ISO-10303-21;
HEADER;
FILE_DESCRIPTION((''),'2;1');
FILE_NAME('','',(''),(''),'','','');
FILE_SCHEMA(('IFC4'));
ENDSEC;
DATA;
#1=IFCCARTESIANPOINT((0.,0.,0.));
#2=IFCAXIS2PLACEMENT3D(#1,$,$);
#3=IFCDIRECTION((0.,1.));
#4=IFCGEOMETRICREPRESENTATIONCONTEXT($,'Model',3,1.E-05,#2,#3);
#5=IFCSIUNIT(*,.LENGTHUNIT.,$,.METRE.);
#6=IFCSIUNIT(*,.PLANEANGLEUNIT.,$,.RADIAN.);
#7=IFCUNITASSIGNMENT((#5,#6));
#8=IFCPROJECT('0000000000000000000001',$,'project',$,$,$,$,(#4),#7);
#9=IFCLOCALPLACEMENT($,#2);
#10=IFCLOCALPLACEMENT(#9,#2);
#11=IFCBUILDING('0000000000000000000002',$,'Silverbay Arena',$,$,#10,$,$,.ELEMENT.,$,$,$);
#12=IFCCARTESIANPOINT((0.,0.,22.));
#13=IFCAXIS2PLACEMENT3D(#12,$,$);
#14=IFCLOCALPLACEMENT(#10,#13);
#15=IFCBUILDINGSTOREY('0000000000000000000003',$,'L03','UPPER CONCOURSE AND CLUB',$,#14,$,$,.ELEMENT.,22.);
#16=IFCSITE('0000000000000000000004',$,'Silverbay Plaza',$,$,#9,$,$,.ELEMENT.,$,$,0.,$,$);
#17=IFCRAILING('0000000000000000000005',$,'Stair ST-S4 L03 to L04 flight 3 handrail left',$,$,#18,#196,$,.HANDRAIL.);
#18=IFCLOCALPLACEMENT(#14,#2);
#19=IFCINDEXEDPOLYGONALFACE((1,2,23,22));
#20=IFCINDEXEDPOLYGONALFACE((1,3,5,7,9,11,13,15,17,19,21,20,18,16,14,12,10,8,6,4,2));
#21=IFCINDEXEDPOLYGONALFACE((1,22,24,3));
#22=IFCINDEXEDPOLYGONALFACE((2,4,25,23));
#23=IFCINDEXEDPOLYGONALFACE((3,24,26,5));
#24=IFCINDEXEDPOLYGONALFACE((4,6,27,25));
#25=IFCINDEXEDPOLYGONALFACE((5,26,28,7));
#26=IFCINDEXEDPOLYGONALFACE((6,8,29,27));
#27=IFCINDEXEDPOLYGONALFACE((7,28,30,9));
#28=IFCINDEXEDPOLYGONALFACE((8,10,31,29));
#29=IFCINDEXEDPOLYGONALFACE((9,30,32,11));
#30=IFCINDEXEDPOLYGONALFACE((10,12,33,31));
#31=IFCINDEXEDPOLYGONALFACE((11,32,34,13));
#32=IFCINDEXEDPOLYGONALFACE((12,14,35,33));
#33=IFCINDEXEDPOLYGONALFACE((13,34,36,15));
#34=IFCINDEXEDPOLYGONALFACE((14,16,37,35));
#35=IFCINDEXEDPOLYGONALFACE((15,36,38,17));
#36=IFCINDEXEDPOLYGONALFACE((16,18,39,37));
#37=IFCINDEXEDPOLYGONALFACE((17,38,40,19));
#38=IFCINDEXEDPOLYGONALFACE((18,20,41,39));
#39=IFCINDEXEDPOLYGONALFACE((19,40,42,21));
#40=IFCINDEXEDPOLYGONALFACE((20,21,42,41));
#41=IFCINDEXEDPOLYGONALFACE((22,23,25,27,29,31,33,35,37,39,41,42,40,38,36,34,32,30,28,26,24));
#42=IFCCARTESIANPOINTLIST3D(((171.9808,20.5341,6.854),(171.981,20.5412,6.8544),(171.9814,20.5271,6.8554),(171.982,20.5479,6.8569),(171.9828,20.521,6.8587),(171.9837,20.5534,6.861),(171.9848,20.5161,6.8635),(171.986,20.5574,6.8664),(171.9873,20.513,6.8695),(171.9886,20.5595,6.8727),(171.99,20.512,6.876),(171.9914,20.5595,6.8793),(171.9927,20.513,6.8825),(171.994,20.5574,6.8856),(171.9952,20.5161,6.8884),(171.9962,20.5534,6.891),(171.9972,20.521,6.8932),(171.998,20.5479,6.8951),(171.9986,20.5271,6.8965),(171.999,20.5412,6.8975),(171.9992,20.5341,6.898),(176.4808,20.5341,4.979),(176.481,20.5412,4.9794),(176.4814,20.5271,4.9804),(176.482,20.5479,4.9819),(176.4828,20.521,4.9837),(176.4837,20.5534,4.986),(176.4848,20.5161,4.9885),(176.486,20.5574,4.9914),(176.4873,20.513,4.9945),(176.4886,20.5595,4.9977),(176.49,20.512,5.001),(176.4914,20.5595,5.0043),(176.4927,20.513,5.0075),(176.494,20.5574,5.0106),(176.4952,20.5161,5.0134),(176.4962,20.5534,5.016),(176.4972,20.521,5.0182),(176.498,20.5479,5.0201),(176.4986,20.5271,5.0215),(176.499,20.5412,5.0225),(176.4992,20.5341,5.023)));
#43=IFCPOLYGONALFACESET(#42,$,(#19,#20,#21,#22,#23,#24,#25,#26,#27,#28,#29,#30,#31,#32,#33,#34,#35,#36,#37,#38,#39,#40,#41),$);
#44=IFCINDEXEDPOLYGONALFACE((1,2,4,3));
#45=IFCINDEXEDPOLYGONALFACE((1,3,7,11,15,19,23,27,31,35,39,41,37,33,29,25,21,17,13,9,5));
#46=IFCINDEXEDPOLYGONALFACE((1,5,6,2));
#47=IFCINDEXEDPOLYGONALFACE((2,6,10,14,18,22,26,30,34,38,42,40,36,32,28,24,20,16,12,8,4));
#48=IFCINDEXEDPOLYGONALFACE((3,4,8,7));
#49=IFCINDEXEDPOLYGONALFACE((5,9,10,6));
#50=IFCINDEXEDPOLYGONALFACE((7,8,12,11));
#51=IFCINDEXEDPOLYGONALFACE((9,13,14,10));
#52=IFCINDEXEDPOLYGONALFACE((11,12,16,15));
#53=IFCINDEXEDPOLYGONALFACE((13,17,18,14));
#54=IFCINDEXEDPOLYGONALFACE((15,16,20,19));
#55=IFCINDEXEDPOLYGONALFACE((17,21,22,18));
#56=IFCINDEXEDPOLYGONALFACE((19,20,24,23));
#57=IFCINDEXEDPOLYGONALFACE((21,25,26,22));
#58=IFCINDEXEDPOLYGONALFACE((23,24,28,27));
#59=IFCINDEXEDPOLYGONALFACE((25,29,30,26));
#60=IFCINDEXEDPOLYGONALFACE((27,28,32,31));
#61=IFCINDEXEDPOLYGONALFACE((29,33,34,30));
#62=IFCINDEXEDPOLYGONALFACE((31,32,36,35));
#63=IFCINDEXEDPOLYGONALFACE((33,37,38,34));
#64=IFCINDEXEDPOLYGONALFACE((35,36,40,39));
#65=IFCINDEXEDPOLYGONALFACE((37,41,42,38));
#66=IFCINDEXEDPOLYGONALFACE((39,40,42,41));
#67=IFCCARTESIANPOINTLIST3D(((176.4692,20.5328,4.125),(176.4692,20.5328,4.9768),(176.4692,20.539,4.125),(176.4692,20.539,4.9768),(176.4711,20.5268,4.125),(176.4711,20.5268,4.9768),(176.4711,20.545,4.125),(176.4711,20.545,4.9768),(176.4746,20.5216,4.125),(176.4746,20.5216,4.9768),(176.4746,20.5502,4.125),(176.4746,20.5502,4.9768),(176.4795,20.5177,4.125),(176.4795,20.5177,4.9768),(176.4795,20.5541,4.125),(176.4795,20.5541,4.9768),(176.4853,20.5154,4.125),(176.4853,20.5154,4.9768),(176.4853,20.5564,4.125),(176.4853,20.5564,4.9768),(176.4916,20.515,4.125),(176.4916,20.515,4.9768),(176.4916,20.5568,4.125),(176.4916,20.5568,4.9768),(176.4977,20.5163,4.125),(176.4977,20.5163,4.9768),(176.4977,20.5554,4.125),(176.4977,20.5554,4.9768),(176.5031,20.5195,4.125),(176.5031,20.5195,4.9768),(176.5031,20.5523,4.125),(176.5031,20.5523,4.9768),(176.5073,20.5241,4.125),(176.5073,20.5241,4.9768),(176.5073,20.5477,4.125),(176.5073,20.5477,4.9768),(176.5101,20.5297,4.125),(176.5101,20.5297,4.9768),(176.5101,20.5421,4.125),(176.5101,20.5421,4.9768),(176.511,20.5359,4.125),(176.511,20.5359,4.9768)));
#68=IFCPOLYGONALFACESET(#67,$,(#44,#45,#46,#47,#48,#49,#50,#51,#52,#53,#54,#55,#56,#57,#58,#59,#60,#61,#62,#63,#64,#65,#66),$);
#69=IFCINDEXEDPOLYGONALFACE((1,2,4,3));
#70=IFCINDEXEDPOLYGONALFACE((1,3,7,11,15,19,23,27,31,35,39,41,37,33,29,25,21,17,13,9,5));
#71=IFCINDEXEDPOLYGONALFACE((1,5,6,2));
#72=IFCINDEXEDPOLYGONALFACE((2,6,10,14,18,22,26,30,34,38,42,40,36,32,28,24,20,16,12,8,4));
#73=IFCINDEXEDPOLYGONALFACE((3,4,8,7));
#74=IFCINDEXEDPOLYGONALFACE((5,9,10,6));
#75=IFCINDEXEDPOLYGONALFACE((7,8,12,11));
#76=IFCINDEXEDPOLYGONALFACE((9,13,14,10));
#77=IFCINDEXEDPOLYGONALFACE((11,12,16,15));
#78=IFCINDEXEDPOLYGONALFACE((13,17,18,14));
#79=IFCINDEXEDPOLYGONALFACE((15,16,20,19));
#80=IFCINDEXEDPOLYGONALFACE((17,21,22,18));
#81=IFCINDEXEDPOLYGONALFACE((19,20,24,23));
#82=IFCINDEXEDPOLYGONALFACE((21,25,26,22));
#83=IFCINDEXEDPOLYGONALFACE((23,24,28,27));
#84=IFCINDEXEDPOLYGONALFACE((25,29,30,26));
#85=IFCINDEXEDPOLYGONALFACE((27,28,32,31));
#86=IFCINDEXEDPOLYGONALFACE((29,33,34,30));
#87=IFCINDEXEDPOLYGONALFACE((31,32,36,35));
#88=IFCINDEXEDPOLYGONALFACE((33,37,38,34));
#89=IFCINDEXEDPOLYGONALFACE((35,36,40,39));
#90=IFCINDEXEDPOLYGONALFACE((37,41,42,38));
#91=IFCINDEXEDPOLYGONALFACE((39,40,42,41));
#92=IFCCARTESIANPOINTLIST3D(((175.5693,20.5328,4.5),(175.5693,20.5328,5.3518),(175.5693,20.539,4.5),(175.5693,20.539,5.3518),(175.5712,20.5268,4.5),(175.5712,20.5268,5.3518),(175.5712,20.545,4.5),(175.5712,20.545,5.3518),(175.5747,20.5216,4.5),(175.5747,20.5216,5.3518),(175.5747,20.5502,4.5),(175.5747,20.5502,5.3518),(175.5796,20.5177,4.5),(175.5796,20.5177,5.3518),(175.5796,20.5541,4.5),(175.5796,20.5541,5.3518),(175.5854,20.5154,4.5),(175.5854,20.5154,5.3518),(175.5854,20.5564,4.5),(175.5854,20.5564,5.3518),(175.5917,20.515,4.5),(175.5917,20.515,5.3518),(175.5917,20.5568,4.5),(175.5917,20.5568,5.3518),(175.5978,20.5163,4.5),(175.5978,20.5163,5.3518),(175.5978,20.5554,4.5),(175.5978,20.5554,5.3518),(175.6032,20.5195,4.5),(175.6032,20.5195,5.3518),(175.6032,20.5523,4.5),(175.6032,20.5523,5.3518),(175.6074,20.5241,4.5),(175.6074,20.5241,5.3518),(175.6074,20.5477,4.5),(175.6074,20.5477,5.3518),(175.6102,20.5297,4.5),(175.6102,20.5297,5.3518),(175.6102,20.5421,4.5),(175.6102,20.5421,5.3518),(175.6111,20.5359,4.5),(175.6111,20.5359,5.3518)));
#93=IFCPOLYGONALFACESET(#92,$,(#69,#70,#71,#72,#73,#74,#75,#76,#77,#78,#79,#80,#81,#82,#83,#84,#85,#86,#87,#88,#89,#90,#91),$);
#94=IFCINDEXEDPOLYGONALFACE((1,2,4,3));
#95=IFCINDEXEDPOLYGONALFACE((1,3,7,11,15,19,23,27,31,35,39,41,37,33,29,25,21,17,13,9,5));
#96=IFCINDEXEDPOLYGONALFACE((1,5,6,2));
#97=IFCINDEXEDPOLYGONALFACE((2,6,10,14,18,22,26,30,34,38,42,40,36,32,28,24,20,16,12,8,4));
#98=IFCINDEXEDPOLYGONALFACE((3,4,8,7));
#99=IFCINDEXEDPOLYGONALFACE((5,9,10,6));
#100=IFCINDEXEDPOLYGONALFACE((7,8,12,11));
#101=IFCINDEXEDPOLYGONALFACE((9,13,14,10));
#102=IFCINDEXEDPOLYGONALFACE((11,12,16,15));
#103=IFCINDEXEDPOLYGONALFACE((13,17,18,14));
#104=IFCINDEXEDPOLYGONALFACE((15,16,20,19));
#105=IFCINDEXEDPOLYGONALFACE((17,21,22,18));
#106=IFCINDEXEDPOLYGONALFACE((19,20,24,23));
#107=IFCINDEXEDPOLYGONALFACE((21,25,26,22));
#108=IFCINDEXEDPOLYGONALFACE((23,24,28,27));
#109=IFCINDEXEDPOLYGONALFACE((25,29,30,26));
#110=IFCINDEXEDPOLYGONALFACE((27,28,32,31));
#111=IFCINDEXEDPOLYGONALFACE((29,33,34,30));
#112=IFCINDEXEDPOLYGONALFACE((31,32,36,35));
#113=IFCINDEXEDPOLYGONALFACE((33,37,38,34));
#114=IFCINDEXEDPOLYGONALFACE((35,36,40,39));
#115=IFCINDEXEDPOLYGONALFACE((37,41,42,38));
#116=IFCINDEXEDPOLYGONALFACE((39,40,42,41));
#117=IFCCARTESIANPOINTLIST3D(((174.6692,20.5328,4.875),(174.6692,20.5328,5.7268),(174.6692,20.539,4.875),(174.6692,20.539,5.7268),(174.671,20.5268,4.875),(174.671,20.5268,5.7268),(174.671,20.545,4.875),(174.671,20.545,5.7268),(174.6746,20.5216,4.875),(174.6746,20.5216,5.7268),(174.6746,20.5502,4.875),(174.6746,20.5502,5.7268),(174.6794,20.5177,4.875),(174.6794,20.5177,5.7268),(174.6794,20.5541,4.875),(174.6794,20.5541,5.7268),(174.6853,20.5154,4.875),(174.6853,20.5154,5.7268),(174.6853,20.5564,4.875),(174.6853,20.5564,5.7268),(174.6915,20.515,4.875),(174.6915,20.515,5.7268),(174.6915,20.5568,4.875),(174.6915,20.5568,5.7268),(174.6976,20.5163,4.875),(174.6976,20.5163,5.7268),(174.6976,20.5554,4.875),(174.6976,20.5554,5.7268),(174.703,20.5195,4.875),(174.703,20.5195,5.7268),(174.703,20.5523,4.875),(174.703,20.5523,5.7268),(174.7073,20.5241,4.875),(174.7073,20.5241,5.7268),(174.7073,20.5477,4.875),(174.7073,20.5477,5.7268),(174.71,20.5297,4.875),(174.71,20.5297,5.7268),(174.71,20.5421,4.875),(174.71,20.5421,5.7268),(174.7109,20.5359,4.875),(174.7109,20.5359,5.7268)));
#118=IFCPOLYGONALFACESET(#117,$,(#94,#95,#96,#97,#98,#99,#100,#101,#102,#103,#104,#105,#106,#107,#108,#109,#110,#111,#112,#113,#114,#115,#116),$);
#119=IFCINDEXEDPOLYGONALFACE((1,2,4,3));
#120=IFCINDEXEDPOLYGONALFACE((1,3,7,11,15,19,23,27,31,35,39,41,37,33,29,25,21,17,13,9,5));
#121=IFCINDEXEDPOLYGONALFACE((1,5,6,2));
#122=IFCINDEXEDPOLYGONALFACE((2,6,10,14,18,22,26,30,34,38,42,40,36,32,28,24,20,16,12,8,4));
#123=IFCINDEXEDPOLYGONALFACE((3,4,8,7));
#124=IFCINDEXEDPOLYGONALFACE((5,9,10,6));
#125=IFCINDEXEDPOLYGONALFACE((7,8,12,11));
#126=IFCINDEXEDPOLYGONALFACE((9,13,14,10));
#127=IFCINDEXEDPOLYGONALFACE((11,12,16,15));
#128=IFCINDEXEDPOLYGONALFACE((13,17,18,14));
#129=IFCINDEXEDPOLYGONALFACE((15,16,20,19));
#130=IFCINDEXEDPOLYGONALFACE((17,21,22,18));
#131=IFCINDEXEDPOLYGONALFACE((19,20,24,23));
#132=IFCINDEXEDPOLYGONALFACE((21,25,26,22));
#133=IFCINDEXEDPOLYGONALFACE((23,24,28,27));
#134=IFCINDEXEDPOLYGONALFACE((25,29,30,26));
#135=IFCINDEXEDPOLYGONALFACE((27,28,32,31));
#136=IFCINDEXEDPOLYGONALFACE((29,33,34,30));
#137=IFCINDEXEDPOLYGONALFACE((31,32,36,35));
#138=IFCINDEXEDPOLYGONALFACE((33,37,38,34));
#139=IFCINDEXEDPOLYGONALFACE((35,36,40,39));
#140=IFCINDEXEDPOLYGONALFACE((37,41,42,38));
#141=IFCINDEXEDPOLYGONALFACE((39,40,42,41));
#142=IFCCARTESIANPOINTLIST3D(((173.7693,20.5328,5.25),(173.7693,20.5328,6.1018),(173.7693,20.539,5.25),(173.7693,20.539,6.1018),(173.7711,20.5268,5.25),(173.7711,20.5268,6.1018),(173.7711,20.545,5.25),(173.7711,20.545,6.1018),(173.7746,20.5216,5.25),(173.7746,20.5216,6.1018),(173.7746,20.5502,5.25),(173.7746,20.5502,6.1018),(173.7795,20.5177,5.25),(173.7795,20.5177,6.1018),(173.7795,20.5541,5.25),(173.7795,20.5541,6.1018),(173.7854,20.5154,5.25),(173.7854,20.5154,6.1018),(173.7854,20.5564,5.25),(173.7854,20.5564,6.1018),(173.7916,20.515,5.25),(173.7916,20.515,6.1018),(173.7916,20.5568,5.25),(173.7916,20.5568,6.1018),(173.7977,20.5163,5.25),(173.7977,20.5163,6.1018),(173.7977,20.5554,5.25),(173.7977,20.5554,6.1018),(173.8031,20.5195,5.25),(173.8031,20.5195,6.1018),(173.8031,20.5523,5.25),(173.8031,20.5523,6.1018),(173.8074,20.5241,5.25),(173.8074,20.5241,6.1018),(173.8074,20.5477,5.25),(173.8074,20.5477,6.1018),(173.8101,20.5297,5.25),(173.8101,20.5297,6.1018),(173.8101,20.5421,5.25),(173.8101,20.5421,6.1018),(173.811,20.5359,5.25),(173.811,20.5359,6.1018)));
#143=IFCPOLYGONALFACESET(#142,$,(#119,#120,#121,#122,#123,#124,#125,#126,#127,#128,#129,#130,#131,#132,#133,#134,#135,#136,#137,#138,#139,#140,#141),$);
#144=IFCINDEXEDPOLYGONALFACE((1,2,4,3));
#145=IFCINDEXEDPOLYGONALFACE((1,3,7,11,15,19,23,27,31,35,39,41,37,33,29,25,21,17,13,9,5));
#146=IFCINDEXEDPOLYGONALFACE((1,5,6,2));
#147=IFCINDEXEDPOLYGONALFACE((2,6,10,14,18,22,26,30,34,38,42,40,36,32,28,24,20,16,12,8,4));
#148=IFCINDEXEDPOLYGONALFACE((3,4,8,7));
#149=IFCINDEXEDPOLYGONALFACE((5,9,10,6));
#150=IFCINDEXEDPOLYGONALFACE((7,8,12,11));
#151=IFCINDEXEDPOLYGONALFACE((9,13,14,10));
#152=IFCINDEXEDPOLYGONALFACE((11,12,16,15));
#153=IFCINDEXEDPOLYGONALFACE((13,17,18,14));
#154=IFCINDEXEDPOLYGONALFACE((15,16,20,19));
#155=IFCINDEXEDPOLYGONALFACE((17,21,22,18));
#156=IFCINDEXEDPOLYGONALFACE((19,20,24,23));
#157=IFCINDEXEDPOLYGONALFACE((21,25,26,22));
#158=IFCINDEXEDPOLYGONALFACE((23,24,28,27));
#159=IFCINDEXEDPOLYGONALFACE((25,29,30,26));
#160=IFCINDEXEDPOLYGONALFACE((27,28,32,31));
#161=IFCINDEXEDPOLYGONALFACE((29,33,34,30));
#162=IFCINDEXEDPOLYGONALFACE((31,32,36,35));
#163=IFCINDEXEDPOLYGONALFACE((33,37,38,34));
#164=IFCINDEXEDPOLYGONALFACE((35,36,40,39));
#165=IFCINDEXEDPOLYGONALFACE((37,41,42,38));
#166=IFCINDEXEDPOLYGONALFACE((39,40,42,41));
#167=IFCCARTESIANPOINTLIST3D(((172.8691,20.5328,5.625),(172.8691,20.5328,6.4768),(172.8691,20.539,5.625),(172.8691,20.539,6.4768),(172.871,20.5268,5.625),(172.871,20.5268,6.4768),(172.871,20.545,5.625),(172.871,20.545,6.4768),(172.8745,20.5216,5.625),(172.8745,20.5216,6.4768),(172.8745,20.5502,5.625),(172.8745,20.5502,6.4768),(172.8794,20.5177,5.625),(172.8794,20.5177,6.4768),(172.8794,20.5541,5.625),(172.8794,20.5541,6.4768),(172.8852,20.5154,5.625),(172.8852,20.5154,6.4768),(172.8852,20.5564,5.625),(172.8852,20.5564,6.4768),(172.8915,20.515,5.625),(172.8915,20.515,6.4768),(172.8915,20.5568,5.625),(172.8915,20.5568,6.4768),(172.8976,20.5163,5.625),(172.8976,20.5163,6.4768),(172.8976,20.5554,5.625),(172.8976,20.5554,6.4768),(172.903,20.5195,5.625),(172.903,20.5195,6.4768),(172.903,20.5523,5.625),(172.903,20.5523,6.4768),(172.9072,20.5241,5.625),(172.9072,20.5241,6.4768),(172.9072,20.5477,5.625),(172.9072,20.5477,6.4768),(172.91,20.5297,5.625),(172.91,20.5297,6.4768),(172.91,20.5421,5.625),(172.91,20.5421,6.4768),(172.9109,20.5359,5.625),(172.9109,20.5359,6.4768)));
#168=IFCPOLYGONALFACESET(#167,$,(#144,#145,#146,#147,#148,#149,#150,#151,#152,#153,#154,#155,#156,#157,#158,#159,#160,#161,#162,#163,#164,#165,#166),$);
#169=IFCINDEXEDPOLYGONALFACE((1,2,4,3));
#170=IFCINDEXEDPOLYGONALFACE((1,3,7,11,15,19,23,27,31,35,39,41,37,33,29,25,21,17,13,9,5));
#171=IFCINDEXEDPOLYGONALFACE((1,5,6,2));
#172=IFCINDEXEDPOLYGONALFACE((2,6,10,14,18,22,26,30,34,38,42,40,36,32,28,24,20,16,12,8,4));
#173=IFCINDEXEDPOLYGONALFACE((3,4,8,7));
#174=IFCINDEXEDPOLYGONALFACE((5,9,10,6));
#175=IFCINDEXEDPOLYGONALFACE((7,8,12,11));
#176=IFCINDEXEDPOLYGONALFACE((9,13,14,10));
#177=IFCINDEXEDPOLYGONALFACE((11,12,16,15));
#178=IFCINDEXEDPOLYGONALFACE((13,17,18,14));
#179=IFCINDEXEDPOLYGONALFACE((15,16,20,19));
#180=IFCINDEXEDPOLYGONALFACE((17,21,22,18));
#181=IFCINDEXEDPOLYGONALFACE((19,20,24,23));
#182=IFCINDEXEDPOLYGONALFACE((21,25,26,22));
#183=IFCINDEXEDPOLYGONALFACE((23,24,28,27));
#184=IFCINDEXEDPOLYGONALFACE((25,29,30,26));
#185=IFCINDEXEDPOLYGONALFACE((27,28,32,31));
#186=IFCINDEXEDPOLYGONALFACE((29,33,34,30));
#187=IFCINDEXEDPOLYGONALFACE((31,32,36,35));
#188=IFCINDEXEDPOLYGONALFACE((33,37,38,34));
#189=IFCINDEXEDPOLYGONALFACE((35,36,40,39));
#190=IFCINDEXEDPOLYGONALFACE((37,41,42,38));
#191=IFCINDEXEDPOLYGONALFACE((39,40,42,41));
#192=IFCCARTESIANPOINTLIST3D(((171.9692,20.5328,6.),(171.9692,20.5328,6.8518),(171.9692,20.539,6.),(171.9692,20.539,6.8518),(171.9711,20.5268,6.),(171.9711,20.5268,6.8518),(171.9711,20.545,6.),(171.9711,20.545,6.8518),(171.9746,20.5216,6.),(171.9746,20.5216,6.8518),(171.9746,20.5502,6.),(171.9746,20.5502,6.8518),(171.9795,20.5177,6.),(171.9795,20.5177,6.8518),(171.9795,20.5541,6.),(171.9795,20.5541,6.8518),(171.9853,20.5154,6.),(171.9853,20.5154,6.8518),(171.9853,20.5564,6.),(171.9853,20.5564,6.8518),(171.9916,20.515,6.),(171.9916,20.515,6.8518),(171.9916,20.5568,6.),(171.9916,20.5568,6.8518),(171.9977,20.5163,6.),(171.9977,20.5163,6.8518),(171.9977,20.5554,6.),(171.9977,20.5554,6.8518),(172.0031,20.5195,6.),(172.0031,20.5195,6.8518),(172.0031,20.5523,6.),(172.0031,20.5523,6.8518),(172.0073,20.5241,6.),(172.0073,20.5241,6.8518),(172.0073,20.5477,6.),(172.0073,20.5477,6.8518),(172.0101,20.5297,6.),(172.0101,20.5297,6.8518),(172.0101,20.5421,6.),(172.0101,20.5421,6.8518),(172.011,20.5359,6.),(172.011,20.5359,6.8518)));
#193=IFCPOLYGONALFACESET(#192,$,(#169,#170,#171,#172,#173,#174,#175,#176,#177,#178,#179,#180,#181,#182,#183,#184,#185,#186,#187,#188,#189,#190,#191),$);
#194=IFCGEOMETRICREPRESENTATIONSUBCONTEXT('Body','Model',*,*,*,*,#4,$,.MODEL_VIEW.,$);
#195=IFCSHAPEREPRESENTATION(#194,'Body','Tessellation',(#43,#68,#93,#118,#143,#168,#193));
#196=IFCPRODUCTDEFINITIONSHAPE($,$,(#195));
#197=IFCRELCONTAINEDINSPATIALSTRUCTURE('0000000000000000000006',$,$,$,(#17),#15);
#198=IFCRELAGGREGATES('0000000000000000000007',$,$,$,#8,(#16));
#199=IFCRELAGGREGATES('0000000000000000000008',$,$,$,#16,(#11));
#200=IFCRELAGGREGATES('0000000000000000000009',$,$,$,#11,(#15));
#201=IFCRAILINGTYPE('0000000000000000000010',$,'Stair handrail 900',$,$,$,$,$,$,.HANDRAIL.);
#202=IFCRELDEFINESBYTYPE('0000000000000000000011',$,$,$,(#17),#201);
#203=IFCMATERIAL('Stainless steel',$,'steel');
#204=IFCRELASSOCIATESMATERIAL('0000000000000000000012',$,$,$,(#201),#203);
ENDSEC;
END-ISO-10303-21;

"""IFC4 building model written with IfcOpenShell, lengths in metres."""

from ifc_helpers import new_model, si_unit, direction, frame, origin, origin_2d, place, context, subcontext, project, spatial, circle, extrude, material, type_object, element, save


model = new_model("IFC4")

# Units and contexts
model_context = context("Model", 3, precision=1e-05, world=origin(), true_north=direction((0.0, 1.0)))
body_context = subcontext(model_context, "Body", "Model", "MODEL_VIEW")
ifc_project = project(units=[si_unit("LENGTHUNIT", "METRE"), si_unit("PLANEANGLEUNIT", "RADIAN")], contexts=[model_context])

# Site, building, storey
site_placement = place(None, origin())
site = spatial("IfcSite", under=ifc_project, at=site_placement, Name="Silverbay Plaza", CompositionType="ELEMENT", RefElevation=0.0)
building_placement = place(site_placement, origin())
building = spatial("IfcBuilding", under=site, at=building_placement, Name="Silverbay Arena", CompositionType="ELEMENT")
storey_placement = place(building_placement, frame((0.0, 0.0, 22.0)))
storey = spatial("IfcBuildingStorey", under=building, at=storey_placement, Name="L03", Description="UPPER CONCOURSE AND CLUB", CompositionType="ELEMENT", Elevation=22.0)

# Railing
ifc_material_1 = material(Name="Stainless steel", Category="steel")
railing_type_1 = type_object("IfcRailingType", Name="Stair handrail 900", PredefinedType="HANDRAIL", material=ifc_material_1)
for number, where, name in (
    (1, (176.49, 20.5359, 4.125), "Stair ST-S4 L03 to L04 flight 3 handrail left"),
):
    element("IfcRailing", number, at=place(storey_placement, frame(where)), inside=storey, type_object=railing_type_1, Name=name, PredefinedType="HANDRAIL", context=body_context, shape_type="SweptSolid", body=[
        extrude(circle(Radius=0.0239, at=origin_2d()), frame((0.0, 0.0, 0.876), z_axis=(-0.923077, 0.0, 0.384615), x_axis=(0.0, -1.0, 0.0)), (0.0, 0.0, 1.0), 4.875),
        extrude(circle(Radius=0.021, at=origin_2d()), origin(), (0.0, 0.0, 1.0), 0.8518),
        extrude(circle(Radius=0.021, at=origin_2d()), frame((-0.8999, 0.0, 0.375)), (0.0, 0.0, 1.0), 0.8518),
        extrude(circle(Radius=0.021, at=origin_2d()), frame((-1.8, 0.0, 0.75)), (0.0, 0.0, 1.0), 0.8518),
        extrude(circle(Radius=0.021, at=origin_2d()), frame((-2.7, 0.0, 1.125)), (0.0, 0.0, 1.0), 0.8518),
        extrude(circle(Radius=0.021, at=origin_2d()), frame((-3.6001, 0.0, 1.5)), (0.0, 0.0, 1.0), 0.8518),
        extrude(circle(Radius=0.021, at=origin_2d()), frame((-4.5, 0.0, 1.875)), (0.0, 0.0, 1.0), 0.8518),
    ])

save(model, "model.ifc")
